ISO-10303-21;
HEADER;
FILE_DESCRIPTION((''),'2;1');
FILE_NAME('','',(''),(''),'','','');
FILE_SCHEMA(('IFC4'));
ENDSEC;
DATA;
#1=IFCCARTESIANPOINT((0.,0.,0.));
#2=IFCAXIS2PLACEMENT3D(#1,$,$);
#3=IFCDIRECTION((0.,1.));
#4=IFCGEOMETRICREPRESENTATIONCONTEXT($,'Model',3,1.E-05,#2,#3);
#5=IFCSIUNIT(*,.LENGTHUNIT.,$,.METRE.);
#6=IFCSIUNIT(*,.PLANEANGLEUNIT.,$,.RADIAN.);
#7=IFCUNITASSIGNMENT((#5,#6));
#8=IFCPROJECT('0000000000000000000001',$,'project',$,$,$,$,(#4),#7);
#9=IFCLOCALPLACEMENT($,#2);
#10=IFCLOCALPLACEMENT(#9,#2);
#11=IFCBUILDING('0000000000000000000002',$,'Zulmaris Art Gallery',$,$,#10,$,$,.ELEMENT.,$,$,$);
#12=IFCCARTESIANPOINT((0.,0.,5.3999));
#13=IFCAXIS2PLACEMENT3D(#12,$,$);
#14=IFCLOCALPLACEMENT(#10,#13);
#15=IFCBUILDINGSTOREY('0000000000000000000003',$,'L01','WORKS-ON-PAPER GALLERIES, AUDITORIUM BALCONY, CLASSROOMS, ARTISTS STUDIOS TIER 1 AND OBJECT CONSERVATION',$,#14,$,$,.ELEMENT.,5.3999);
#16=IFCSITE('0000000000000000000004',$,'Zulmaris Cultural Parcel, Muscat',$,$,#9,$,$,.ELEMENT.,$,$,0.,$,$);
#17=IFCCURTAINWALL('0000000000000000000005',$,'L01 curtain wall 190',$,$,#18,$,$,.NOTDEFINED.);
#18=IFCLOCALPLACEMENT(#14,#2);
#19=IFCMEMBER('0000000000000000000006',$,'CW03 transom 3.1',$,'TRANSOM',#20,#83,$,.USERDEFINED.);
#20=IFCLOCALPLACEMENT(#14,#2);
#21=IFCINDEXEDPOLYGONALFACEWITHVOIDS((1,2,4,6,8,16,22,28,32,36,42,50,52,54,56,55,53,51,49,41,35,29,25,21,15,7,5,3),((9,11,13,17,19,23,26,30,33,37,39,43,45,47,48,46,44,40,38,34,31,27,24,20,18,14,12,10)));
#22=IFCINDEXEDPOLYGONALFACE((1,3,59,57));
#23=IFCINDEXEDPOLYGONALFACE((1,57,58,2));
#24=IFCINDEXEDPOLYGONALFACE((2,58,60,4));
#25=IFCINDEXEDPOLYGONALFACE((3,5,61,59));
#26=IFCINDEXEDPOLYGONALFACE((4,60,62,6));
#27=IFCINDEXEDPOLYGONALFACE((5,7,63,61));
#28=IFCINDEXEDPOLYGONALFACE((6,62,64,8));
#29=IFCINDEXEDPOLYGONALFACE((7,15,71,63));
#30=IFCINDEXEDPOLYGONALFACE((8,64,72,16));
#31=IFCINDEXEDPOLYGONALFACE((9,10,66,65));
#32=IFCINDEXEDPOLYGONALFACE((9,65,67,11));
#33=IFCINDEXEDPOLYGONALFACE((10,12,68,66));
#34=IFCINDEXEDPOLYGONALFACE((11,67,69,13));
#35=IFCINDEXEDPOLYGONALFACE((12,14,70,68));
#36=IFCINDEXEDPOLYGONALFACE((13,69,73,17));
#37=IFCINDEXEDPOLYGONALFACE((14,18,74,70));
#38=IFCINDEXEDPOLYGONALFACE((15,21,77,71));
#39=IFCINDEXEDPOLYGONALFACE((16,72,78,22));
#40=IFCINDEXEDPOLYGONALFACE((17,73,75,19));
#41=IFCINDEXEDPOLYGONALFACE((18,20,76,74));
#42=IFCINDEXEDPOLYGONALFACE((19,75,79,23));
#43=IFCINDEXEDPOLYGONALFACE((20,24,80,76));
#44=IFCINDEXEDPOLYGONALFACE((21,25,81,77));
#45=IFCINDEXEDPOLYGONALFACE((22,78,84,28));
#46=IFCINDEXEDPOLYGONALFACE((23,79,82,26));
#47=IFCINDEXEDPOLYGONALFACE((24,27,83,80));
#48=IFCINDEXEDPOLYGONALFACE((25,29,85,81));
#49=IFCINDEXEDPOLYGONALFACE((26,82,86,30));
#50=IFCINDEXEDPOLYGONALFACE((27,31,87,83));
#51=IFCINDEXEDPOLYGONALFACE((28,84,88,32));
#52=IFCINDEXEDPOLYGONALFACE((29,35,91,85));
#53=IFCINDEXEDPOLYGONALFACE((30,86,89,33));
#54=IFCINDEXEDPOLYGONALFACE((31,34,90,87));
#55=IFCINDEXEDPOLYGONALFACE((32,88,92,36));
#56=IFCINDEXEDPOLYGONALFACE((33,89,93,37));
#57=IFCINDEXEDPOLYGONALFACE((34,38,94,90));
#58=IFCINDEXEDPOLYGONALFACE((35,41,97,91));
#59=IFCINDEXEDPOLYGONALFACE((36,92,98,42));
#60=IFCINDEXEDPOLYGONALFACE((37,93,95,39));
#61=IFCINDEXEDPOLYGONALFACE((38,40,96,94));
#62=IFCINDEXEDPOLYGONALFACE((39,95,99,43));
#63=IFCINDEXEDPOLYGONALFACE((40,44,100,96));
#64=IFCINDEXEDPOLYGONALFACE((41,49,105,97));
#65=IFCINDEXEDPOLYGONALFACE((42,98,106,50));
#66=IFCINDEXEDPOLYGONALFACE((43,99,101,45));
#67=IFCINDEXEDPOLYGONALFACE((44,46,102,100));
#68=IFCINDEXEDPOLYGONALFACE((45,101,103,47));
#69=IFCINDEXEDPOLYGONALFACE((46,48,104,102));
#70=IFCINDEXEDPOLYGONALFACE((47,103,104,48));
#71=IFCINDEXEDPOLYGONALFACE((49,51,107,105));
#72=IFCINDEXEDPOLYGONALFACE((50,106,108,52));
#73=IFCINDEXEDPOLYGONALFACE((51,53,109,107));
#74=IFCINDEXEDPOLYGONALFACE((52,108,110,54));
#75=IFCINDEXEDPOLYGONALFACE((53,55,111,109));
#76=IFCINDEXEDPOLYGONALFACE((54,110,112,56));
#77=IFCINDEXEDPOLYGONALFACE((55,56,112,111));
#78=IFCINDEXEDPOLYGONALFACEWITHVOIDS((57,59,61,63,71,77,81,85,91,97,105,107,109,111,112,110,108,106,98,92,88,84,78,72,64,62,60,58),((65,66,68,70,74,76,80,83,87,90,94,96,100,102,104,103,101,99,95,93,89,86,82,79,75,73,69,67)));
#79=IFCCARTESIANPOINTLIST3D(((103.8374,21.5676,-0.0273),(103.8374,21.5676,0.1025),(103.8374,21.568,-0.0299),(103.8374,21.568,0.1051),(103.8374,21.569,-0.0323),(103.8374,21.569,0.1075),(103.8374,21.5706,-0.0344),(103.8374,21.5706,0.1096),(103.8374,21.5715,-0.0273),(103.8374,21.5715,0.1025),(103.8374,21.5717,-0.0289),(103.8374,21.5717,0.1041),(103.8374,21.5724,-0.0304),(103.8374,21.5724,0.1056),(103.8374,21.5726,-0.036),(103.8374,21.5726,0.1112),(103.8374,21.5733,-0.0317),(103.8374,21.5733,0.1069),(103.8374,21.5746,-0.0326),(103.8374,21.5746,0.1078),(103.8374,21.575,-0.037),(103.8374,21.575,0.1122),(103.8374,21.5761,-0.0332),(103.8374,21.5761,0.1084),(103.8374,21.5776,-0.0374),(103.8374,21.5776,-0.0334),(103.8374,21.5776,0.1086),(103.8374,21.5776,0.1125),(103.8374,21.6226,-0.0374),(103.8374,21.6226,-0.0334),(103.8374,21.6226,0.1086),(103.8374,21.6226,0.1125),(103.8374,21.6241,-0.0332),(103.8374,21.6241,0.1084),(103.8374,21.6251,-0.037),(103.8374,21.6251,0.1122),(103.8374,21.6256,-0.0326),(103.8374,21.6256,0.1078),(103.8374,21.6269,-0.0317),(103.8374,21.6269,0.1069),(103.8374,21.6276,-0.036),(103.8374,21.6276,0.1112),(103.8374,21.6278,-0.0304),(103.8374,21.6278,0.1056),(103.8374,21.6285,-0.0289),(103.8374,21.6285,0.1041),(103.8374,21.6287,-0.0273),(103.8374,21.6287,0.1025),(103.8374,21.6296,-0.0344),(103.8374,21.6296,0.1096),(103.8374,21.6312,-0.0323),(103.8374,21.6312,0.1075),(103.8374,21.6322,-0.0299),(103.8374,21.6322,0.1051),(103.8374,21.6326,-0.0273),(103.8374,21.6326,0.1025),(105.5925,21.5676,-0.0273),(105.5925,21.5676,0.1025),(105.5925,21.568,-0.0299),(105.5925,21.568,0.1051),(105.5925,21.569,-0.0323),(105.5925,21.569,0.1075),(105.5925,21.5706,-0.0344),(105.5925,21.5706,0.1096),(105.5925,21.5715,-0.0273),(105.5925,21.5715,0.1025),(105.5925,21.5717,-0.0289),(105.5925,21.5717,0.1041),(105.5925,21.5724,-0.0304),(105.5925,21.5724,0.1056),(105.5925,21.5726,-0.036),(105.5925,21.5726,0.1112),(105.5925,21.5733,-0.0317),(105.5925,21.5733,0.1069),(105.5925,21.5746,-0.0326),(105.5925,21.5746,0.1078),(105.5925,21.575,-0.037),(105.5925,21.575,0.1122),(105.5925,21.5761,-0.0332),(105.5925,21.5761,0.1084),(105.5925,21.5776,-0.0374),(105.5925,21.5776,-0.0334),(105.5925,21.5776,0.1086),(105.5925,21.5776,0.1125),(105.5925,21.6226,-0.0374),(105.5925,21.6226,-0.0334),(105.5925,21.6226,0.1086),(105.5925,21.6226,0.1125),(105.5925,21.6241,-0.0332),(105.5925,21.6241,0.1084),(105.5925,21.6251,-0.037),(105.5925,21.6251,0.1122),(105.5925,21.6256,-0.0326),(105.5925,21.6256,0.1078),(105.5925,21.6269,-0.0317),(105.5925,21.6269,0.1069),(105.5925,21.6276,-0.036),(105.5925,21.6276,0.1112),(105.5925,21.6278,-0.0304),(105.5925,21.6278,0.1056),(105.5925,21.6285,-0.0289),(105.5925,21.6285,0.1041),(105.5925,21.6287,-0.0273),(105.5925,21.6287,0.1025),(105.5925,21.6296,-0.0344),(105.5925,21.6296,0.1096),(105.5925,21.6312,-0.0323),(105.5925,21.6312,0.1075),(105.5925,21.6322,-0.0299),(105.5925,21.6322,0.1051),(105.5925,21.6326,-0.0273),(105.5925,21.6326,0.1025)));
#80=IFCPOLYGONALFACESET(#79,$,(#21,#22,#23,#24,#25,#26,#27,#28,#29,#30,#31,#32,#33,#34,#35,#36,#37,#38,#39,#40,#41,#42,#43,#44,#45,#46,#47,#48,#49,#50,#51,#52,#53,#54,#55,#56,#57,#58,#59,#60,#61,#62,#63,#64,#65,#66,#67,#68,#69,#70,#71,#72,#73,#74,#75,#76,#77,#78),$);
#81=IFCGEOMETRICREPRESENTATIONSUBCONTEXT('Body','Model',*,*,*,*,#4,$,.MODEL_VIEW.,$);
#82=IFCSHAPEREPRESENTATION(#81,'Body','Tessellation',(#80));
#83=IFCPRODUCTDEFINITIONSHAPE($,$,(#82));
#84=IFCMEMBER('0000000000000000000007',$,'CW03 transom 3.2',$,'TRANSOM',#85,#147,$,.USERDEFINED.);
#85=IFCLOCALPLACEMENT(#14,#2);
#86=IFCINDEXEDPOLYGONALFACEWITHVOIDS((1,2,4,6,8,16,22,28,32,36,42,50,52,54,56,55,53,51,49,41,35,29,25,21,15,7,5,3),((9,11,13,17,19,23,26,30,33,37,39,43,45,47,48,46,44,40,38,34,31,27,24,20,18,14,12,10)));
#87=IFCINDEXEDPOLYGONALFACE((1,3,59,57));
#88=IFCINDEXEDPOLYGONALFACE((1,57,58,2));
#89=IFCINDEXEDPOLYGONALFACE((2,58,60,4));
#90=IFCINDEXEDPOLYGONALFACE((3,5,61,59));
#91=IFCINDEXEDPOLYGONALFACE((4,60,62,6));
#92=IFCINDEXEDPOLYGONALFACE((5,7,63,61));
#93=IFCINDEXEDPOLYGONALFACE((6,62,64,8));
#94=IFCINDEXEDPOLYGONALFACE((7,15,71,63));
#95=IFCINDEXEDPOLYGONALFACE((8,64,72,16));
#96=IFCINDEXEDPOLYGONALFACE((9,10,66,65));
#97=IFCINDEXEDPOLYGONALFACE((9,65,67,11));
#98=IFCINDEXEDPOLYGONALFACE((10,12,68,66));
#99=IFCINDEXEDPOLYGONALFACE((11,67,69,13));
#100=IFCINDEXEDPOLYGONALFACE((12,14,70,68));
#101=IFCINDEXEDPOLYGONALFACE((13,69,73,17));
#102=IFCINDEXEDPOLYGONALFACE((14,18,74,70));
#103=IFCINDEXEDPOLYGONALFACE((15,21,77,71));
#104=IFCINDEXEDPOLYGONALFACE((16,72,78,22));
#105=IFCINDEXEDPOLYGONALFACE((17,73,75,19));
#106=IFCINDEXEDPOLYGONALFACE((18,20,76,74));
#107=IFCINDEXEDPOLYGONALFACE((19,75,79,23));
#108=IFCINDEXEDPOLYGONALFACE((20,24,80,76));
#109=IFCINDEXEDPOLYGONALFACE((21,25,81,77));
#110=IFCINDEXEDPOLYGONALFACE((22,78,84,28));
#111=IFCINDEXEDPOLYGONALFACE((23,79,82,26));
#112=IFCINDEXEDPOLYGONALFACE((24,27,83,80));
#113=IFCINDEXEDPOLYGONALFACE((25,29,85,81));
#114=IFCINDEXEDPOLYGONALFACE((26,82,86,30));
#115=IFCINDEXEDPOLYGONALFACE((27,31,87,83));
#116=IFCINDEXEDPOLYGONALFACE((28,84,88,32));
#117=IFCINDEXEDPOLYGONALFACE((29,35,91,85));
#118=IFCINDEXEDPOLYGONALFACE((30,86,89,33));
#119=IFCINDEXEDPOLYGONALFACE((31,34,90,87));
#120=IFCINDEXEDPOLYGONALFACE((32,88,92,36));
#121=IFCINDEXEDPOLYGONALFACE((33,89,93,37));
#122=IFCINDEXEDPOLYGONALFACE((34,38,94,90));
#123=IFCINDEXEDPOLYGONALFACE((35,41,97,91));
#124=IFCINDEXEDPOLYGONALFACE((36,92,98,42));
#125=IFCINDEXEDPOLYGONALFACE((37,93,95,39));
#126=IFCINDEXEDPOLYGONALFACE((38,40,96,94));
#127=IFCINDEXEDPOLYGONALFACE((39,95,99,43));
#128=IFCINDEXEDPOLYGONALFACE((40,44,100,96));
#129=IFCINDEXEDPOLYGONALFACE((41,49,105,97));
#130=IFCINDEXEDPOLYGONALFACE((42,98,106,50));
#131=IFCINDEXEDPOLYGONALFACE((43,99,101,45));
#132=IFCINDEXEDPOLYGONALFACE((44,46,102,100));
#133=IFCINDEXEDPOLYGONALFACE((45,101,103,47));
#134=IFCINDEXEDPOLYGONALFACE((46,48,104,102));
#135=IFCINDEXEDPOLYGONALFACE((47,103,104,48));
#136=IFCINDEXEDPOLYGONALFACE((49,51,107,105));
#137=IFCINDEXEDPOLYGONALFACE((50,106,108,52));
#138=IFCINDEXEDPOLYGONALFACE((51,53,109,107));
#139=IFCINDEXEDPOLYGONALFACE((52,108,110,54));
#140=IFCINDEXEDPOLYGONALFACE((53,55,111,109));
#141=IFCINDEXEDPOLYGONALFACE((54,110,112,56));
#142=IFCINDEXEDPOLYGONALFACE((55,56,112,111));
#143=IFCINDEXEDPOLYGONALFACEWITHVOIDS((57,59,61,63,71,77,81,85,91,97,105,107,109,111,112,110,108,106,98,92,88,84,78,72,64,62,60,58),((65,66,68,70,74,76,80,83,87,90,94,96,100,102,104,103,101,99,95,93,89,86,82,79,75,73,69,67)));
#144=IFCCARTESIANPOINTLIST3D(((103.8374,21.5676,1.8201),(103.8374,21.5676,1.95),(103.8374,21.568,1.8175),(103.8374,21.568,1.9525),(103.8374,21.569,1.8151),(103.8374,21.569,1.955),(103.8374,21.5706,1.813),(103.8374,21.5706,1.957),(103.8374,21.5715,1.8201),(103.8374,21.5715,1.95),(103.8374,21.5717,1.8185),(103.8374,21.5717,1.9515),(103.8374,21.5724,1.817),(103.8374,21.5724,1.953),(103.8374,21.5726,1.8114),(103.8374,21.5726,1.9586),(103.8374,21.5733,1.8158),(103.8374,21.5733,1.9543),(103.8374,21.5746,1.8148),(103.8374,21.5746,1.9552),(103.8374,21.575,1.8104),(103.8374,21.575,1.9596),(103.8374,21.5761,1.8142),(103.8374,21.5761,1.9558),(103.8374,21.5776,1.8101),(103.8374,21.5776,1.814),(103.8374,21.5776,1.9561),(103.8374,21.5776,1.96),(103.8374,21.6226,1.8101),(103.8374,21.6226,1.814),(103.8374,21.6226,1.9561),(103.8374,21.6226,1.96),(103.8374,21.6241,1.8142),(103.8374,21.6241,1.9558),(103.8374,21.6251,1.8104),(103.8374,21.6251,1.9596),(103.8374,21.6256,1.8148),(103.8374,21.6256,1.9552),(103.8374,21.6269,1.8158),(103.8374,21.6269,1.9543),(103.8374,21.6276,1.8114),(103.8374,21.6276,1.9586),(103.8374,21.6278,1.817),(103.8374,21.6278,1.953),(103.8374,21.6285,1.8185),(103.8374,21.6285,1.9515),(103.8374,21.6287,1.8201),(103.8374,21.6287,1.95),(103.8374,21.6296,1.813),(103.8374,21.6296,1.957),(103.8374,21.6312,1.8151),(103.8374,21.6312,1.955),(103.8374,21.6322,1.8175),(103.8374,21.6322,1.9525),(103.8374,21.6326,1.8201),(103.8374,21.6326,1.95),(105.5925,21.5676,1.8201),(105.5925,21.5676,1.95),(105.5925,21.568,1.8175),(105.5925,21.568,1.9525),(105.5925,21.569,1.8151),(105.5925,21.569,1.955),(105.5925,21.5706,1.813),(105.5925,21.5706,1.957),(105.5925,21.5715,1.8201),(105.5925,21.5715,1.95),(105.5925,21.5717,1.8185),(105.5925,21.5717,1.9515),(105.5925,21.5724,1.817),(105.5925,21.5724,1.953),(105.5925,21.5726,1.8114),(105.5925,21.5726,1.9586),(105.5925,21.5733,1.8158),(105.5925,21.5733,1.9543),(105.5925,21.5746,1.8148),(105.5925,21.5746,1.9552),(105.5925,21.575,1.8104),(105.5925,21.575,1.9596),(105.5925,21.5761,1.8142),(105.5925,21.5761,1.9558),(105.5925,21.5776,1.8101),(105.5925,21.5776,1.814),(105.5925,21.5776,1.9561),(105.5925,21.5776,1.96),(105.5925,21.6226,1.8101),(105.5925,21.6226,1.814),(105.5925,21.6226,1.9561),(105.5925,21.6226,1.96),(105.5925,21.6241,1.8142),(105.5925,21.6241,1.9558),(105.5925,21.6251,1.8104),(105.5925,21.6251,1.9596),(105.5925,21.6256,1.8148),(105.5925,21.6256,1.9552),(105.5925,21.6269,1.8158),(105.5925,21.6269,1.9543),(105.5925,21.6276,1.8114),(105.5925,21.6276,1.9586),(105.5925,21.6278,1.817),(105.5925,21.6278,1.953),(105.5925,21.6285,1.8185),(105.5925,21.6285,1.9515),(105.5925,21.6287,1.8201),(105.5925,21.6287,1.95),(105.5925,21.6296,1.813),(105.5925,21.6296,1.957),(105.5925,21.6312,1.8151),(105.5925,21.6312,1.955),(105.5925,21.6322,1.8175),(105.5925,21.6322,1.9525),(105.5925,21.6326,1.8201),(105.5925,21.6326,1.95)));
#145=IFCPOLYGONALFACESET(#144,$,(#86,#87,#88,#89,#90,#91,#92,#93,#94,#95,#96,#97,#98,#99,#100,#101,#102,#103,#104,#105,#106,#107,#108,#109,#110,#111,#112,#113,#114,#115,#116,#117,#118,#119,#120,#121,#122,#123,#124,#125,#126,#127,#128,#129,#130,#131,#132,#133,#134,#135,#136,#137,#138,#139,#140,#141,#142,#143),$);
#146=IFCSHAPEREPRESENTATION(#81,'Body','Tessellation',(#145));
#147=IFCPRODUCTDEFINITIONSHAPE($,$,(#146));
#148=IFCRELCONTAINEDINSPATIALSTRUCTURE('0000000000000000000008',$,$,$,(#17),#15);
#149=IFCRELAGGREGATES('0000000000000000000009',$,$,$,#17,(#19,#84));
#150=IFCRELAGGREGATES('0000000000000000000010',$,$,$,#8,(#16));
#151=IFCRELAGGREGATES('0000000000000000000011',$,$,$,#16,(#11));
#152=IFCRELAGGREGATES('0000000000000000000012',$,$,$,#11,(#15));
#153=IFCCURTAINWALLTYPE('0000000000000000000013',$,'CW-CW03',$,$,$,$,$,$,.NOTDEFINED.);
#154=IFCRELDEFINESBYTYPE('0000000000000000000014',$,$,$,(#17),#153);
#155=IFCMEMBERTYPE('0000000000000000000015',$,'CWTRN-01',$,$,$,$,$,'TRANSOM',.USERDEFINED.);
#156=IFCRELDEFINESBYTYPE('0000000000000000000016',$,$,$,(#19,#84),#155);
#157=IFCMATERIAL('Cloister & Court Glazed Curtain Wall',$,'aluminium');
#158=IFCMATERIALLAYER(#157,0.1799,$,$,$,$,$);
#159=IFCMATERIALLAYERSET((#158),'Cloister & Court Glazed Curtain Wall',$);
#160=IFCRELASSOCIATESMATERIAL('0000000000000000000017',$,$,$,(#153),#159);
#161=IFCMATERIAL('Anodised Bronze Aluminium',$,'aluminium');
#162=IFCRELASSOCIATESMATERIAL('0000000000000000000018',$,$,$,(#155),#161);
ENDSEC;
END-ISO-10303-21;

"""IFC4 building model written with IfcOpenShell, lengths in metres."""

from ifc_helpers import new_model, si_unit, direction, frame, origin, origin_2d, place, context, subcontext, project, spatial, hollow_rectangle, extrude, material, layer, layer_set, material_profile, profile_set, type_object, element, aggregate, save


model = new_model("IFC4")

# Units and contexts
model_context = context("Model", 3, precision=1e-05, world=origin(), true_north=direction((0.0, 1.0)))
body_context = subcontext(model_context, "Body", "Model", "MODEL_VIEW")
ifc_project = project(units=[si_unit("LENGTHUNIT", "METRE"), si_unit("PLANEANGLEUNIT", "RADIAN")], contexts=[model_context])

# Site, building, storey
site_placement = place(None, origin())
site = spatial("IfcSite", under=ifc_project, at=site_placement, Name="Zulmaris Cultural Parcel, Muscat", CompositionType="ELEMENT", RefElevation=0.0)
building_placement = place(site_placement, origin())
building = spatial("IfcBuilding", under=site, at=building_placement, Name="Zulmaris Art Gallery", CompositionType="ELEMENT")
storey_placement = place(building_placement, frame((0.0, 0.0, 5.3999)))
storey = spatial("IfcBuildingStorey", under=building, at=storey_placement, Name="L01", Description="WORKS-ON-PAPER GALLERIES, AUDITORIUM BALCONY, CLASSROOMS, ARTISTS STUDIOS TIER 1 AND OBJECT CONSERVATION", CompositionType="ELEMENT", Elevation=5.3999)

# Curtain wall, members
ifc_material_1 = material(Name="Cloister & Court Glazed Curtain Wall", Category="aluminium")
ifc_layer_1 = layer(ifc_material_1, 0.1799)
ifc_layer_set_1 = layer_set([ifc_layer_1], Name="Cloister & Court Glazed Curtain Wall")
curtain_wall_type = type_object("IfcCurtainWallType", Name="CW-CW03", PredefinedType="NOTDEFINED", material=ifc_layer_set_1)
curtain_wall_placement = place(storey_placement, origin())
curtain_wall = element("IfcCurtainWall", 1, at=curtain_wall_placement, inside=storey, type_object=curtain_wall_type, Name="L01 curtain wall 190", PredefinedType="NOTDEFINED")
ifc_material_2 = material(Name="Anodised Bronze Aluminium", Category="aluminium")
ifc_material_profile_1 = material_profile(ifc_material_2, hollow_rectangle(XDim=0.0649, YDim=0.1499, WallThickness=0.0039, InnerFilletRadius=0.0061, OuterFilletRadius=0.01, at=origin_2d()), Name="ALU 65x150x4")
ifc_profile_set_1 = profile_set([ifc_material_profile_1], Name="Anodised Bronze Aluminium")
member_type_1 = type_object("IfcMemberType", Name="CWTRN-01", ElementType="TRANSOM", PredefinedType="USERDEFINED", material=ifc_profile_set_1)
member_1_placement = place(storey_placement, frame((103.8374, 21.6001, 0.0376), z_axis=(1.0, 0.0, 0.0), x_axis=(0.0, 1.0, 0.0)))
member_1 = element("IfcMember", 2, at=member_1_placement, type_object=member_type_1, Name="CW03 transom 3.1", ObjectType="TRANSOM", PredefinedType="USERDEFINED", context=body_context, shape_type="SweptSolid", body=[
    extrude(hollow_rectangle(XDim=0.0649, YDim=0.1499, WallThickness=0.0039, InnerFilletRadius=0.0061, OuterFilletRadius=0.01, at=origin_2d()), origin(), (0.0, 0.0, 1.0), 1.7551),
])
member_2_placement = place(storey_placement, frame((103.8374, 21.6001, 1.885), z_axis=(1.0, 0.0, 0.0), x_axis=(0.0, 1.0, 0.0)))
member_2 = element("IfcMember", 3, at=member_2_placement, type_object=member_type_1, Name="CW03 transom 3.2", ObjectType="TRANSOM", PredefinedType="USERDEFINED", context=body_context, shape_type="SweptSolid", body=[
    extrude(hollow_rectangle(XDim=0.0649, YDim=0.1499, WallThickness=0.0039, InnerFilletRadius=0.0061, OuterFilletRadius=0.01, at=origin_2d()), origin(), (0.0, 0.0, 1.0), 1.7551),
])
aggregate(curtain_wall, [member_1, member_2])

save(model, "model.ifc")
